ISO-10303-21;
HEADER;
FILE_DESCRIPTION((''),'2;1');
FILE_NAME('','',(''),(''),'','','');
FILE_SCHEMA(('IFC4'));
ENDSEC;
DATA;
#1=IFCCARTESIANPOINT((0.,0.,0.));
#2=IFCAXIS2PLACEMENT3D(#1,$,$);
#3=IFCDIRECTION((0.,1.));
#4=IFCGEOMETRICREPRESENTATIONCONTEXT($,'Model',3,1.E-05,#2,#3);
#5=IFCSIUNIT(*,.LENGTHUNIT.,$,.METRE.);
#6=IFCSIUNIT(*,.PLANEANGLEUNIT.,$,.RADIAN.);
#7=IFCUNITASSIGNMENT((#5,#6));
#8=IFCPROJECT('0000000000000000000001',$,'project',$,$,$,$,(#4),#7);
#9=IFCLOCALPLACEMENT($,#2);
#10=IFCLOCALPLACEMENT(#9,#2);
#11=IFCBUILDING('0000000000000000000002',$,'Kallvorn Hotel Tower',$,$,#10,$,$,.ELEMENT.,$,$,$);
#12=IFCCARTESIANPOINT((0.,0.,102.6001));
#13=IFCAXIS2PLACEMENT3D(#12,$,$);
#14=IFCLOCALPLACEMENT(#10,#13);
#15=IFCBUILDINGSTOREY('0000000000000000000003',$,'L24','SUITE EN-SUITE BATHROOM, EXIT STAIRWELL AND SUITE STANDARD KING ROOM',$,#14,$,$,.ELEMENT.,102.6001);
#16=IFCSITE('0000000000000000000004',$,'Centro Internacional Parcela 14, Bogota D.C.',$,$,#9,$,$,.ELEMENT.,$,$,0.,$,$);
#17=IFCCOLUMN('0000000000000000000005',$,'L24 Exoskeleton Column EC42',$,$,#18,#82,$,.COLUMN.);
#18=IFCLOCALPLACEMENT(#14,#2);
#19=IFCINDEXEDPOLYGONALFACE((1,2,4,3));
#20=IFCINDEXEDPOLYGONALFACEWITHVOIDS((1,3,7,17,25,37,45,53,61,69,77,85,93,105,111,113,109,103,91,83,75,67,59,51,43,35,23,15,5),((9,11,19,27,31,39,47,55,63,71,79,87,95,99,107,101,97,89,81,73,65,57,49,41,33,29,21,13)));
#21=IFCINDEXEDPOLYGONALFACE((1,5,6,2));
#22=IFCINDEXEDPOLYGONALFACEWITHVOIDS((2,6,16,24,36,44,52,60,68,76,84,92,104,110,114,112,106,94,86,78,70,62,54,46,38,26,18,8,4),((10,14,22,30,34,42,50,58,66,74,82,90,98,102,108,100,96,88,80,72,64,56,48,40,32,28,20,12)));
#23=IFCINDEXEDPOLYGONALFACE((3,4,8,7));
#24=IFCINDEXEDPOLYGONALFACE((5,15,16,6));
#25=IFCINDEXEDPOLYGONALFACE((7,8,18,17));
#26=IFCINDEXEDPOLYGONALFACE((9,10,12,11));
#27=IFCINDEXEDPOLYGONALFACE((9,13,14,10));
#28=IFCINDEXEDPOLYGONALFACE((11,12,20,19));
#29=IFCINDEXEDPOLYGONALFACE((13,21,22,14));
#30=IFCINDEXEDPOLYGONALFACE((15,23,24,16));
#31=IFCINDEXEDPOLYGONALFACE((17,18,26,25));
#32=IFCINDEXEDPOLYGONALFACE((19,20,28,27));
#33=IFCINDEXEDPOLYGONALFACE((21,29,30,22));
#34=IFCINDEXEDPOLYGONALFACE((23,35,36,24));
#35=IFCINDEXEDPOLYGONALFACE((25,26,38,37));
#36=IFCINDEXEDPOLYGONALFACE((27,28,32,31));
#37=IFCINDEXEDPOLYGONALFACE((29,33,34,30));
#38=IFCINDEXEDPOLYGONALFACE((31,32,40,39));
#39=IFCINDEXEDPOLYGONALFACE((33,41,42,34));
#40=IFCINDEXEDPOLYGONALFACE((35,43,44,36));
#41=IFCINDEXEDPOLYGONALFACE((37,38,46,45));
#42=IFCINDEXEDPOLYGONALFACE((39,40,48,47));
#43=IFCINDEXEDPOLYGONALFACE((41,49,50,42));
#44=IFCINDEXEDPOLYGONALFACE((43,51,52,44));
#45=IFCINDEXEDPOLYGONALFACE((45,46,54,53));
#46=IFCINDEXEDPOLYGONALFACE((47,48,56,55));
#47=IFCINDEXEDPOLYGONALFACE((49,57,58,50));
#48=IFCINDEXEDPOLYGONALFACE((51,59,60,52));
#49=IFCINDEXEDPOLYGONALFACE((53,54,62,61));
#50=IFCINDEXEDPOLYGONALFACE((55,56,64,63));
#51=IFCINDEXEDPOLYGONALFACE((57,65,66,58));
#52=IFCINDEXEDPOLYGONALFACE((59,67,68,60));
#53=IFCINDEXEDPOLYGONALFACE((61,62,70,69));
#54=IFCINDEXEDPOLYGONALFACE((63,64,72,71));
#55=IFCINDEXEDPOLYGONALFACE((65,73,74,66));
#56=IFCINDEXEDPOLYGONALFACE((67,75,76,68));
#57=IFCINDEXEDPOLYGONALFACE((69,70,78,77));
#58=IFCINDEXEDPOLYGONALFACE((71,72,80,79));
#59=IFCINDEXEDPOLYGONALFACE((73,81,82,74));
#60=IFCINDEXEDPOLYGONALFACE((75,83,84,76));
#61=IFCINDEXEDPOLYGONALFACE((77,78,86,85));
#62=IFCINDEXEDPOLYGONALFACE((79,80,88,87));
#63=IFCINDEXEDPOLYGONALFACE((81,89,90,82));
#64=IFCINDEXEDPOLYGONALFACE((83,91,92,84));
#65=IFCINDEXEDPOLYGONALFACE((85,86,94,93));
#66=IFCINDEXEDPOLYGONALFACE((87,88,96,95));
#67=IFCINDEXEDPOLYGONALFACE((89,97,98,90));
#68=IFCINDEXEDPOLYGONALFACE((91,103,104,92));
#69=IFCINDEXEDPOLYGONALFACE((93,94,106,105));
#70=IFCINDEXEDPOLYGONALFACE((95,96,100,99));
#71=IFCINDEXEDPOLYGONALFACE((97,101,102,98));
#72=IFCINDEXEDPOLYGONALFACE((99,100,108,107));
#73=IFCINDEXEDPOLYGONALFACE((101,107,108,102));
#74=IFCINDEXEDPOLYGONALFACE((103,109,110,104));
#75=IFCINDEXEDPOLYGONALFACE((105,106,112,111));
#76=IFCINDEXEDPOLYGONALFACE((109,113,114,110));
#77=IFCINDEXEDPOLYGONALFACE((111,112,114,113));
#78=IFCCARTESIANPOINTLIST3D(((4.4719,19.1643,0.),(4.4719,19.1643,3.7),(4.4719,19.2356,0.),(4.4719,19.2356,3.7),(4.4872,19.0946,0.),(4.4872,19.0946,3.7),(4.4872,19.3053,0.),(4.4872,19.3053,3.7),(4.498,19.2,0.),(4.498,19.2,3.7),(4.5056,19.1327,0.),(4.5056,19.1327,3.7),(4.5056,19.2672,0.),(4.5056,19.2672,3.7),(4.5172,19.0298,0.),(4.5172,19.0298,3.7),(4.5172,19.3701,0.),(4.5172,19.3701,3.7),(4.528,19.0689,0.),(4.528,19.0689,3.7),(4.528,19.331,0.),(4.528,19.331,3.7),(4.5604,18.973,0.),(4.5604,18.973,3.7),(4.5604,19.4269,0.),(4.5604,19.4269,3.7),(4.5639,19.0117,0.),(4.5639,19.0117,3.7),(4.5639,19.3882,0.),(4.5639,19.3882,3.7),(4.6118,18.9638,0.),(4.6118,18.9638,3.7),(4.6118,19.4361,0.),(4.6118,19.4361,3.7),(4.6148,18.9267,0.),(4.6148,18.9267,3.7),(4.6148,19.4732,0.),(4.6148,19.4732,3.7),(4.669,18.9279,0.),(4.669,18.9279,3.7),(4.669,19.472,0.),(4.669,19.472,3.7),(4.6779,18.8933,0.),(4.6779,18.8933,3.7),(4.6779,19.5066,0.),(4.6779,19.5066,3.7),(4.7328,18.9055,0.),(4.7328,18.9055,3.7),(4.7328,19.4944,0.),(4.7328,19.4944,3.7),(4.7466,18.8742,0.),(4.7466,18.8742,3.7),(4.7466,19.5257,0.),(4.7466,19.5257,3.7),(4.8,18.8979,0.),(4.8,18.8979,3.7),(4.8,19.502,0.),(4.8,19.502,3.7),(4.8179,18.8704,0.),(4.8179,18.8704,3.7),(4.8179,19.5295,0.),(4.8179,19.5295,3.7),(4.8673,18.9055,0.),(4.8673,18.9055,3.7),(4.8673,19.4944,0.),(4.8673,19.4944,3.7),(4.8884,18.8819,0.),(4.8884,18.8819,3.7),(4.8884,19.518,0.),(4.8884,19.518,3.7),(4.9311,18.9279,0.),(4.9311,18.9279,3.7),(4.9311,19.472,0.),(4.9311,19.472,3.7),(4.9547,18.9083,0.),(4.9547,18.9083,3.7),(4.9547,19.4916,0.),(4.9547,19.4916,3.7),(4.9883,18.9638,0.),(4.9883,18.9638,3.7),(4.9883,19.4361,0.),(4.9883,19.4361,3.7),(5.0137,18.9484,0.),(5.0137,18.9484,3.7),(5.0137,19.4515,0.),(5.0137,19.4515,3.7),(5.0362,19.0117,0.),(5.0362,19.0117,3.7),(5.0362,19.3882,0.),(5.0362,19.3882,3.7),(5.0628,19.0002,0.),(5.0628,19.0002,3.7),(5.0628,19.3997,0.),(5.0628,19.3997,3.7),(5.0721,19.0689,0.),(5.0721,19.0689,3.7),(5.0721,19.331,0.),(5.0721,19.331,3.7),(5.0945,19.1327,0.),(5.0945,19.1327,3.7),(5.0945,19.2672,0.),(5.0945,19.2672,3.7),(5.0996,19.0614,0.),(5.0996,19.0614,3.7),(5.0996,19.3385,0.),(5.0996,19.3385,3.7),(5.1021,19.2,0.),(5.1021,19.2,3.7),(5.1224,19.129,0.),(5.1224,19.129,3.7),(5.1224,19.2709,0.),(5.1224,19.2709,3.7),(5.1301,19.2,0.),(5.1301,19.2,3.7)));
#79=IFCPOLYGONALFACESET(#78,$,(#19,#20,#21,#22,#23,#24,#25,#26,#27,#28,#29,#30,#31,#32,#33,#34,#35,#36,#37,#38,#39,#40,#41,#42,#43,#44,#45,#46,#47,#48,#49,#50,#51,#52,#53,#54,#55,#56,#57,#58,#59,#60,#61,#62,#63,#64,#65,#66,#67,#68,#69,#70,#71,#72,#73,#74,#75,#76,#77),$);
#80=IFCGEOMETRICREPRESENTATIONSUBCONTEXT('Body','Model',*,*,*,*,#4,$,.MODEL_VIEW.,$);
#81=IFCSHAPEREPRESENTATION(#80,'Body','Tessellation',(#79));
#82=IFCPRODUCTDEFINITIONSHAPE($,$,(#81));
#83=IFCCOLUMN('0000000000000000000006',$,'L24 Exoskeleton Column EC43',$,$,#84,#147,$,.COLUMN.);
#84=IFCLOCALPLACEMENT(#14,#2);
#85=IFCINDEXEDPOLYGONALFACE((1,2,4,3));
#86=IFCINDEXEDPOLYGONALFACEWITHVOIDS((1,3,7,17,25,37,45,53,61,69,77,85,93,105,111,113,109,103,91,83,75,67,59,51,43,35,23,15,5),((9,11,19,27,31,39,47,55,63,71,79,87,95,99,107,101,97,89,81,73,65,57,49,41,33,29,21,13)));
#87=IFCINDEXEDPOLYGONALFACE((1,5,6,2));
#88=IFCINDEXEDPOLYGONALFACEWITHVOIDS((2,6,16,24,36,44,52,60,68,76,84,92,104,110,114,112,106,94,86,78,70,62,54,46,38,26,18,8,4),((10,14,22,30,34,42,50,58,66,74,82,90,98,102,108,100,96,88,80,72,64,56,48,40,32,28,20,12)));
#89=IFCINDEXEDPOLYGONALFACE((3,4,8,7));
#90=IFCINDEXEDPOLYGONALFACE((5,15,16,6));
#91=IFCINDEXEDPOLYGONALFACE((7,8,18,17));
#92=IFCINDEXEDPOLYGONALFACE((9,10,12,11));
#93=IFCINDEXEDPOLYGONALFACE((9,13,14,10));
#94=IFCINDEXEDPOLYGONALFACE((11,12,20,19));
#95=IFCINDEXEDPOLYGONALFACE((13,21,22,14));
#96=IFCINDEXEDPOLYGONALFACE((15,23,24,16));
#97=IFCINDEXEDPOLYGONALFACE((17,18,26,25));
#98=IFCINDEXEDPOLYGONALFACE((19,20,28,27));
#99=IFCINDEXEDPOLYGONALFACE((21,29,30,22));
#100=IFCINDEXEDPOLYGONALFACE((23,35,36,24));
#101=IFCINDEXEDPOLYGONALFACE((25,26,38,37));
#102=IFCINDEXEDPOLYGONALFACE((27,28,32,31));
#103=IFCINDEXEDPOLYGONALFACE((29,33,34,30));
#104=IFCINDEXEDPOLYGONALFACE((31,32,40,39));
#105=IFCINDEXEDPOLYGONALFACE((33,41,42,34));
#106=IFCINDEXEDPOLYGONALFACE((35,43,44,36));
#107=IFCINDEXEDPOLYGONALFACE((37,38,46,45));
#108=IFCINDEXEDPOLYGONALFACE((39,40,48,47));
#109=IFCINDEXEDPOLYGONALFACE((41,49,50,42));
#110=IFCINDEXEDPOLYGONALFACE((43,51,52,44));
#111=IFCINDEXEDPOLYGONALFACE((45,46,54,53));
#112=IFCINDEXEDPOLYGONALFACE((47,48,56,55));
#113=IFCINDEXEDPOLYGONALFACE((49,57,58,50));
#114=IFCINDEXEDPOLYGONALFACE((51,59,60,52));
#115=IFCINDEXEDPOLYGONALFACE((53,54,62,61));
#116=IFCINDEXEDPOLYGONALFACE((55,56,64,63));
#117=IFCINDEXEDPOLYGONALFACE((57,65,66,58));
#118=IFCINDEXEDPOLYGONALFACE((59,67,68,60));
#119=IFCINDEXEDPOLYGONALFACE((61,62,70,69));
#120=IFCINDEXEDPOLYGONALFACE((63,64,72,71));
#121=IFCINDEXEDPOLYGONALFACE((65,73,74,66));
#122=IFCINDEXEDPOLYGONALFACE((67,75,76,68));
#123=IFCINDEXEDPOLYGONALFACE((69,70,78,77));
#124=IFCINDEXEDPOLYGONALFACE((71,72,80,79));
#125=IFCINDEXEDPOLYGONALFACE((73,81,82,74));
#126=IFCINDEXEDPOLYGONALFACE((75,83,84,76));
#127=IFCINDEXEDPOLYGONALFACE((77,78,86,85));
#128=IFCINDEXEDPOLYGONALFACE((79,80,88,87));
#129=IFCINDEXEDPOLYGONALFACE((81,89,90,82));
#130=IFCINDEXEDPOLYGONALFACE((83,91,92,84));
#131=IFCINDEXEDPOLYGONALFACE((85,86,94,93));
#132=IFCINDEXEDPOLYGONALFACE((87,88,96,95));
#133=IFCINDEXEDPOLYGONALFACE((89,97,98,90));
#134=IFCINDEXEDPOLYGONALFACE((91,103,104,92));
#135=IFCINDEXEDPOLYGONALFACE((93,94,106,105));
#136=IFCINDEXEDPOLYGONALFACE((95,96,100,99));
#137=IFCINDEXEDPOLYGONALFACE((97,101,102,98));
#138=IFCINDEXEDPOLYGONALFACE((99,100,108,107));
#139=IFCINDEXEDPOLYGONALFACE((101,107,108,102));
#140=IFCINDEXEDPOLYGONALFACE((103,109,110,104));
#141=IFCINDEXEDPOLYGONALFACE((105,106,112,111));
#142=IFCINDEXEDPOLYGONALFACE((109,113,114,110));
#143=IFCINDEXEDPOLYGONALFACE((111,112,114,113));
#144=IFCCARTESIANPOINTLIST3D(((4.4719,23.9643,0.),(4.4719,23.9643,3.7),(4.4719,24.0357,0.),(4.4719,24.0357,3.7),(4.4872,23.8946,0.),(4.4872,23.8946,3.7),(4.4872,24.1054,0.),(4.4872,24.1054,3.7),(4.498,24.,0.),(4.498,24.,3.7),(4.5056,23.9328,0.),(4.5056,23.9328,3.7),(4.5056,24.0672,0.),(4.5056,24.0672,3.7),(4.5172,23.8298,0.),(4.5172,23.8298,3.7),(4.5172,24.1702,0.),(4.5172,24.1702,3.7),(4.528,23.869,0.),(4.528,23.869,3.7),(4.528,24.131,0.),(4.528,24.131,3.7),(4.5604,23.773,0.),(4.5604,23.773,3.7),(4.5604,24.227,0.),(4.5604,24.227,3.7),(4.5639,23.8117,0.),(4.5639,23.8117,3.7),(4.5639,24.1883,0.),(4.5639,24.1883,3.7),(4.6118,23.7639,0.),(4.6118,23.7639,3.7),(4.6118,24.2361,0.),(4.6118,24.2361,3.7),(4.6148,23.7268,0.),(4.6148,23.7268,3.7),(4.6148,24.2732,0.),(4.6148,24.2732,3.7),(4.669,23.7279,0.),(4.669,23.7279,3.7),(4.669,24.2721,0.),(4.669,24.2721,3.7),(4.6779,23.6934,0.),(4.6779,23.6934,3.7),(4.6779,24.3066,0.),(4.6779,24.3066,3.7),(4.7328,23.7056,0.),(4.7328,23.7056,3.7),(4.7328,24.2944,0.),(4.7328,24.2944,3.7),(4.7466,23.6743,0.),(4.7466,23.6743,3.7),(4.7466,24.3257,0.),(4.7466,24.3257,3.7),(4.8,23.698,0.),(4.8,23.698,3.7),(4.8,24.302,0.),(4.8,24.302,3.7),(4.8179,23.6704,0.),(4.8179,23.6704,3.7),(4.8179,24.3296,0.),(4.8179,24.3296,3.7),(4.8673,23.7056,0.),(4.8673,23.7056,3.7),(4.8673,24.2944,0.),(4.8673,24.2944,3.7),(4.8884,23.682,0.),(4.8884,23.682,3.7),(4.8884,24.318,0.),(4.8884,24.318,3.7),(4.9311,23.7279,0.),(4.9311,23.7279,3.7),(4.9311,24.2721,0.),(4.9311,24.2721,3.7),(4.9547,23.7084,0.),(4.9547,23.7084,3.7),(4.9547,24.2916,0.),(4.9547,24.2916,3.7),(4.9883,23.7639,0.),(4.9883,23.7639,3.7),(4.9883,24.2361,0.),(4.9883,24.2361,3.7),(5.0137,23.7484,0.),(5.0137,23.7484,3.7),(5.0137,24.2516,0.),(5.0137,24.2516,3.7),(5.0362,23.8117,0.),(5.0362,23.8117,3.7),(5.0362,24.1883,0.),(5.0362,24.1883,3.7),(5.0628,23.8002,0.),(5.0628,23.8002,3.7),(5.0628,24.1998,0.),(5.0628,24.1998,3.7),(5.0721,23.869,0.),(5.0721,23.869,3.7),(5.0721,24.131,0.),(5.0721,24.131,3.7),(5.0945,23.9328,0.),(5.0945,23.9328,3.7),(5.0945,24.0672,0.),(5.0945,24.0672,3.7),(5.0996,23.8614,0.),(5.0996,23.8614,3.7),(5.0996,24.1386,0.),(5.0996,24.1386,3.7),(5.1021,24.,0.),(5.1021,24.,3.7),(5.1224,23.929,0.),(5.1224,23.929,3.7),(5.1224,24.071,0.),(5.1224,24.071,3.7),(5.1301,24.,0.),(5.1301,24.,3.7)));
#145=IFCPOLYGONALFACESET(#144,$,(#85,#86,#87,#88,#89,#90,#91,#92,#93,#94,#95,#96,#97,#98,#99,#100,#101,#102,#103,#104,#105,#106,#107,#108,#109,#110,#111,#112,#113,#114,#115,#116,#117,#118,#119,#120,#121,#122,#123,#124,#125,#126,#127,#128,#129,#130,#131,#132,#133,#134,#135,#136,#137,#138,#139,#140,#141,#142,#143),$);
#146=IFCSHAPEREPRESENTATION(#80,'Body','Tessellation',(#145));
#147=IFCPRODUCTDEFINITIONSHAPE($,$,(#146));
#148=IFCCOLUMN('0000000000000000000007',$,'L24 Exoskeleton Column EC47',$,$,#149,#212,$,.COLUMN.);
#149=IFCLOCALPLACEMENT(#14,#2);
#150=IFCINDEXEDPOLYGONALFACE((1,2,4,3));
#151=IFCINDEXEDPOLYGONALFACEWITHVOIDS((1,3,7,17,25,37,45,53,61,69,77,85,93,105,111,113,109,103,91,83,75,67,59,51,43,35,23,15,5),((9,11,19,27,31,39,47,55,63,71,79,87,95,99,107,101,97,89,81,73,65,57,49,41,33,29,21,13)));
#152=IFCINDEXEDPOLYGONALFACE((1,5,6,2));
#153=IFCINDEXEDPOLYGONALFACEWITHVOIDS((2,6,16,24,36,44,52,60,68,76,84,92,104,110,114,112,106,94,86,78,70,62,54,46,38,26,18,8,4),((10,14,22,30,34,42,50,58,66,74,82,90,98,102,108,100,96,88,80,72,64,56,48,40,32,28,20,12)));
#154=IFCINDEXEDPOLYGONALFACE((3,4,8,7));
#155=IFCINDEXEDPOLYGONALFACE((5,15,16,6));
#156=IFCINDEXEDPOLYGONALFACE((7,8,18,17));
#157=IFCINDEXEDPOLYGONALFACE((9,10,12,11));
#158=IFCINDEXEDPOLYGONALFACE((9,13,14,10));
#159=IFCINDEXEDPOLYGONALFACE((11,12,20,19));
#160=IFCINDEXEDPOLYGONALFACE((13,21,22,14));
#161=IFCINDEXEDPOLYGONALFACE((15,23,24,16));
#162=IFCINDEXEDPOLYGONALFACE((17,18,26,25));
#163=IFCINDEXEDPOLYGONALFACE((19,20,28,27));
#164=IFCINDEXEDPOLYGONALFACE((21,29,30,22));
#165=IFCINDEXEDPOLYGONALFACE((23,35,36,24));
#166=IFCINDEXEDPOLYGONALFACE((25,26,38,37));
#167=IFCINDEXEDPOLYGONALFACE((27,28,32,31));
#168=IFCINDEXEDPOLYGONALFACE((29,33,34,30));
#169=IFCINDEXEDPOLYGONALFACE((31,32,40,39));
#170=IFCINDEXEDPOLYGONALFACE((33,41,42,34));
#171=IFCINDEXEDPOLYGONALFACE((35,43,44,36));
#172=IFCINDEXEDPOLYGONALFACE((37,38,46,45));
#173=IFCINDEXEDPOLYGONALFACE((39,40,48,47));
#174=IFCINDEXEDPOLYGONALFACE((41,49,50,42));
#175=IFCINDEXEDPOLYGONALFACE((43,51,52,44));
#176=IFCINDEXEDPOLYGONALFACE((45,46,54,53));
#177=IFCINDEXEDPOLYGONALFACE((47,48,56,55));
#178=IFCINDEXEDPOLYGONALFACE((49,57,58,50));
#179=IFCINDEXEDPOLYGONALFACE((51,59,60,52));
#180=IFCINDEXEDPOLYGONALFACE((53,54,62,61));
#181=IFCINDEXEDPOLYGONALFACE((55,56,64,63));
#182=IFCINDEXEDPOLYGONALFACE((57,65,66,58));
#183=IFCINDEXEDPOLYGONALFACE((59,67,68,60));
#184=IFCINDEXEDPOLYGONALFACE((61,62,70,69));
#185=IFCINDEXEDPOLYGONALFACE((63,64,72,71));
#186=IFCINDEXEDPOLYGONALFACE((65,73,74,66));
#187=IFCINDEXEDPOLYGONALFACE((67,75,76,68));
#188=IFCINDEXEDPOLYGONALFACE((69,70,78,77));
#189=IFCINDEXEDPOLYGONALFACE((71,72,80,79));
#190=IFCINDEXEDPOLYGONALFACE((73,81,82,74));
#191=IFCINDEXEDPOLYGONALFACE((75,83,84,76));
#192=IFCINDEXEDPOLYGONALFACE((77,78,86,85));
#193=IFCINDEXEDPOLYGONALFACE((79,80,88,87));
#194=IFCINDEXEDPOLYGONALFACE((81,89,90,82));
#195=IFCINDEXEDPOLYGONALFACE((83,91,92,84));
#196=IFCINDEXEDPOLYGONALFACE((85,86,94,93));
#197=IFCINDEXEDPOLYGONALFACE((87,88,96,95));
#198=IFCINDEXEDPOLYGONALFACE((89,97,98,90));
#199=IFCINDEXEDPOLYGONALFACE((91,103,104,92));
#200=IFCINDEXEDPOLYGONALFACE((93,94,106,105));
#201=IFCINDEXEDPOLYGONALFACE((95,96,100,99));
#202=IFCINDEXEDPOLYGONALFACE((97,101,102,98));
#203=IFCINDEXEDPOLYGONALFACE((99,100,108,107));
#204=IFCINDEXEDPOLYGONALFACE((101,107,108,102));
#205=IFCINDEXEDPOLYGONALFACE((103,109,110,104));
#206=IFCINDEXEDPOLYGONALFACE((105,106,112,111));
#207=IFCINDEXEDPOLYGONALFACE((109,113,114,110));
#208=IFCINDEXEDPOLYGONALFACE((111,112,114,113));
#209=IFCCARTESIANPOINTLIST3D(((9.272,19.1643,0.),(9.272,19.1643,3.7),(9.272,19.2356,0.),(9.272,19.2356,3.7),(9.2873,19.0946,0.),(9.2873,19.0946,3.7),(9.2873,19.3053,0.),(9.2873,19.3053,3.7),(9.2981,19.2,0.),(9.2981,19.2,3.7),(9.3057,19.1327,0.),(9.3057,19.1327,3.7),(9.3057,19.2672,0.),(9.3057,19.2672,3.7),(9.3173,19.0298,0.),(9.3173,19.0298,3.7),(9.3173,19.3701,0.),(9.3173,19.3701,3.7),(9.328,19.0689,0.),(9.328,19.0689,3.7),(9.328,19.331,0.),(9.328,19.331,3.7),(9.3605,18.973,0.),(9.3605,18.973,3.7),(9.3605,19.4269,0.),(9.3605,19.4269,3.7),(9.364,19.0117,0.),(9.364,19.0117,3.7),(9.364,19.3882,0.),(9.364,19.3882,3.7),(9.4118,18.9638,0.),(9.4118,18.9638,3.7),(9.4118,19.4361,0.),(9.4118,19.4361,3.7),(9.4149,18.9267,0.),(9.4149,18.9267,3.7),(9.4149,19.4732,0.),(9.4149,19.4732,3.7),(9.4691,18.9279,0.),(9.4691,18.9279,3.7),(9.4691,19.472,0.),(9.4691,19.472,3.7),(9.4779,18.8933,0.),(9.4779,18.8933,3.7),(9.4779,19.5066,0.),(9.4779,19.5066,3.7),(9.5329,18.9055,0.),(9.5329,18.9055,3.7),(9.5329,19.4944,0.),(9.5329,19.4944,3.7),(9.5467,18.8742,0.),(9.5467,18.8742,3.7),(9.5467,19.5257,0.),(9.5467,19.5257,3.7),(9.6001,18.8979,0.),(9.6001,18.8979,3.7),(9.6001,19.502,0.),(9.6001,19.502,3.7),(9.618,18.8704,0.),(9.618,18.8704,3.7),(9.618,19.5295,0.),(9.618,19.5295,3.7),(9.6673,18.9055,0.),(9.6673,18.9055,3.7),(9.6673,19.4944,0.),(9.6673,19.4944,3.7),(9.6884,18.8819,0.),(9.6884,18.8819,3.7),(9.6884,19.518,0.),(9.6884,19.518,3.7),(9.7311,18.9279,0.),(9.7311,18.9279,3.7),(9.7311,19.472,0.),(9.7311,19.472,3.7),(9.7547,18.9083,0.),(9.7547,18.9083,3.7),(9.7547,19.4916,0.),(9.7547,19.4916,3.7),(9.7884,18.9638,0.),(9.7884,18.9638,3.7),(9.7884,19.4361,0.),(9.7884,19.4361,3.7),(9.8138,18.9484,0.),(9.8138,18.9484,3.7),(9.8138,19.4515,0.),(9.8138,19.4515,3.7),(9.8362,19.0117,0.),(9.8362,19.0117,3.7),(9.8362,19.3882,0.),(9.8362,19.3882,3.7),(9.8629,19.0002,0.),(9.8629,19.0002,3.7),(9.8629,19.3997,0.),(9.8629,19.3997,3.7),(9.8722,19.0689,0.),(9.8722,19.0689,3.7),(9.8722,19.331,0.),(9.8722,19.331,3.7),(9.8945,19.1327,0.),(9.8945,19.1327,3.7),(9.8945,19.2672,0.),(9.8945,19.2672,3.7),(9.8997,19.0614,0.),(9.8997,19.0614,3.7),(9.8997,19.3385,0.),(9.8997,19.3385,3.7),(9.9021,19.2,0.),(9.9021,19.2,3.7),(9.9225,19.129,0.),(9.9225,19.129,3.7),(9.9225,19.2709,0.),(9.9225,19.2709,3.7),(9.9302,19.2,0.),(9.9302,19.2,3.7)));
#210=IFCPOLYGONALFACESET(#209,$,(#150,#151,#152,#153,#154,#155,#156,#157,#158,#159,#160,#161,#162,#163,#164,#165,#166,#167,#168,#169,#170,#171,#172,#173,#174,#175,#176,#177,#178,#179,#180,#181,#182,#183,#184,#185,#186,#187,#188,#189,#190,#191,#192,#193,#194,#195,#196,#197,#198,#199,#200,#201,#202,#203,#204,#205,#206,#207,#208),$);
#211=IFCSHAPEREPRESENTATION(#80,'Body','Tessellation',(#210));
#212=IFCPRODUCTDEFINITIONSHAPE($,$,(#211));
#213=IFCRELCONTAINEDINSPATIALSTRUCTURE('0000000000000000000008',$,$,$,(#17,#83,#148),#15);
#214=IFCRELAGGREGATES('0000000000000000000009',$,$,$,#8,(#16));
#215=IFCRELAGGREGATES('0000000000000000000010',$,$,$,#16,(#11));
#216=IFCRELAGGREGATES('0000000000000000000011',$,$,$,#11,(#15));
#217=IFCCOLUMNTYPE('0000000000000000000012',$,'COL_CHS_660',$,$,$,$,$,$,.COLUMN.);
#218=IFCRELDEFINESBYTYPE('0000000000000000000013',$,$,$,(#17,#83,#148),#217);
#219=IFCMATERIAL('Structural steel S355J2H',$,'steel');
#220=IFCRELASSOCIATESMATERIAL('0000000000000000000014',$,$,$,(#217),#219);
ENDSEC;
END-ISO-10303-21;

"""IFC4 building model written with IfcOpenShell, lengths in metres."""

from ifc_helpers import new_model, si_unit, direction, frame, origin, origin_2d, place, context, subcontext, project, spatial, hollow_circle, extrude, material, material_profile, profile_set, type_object, element, save


model = new_model("IFC4")

# Units and contexts
model_context = context("Model", 3, precision=1e-05, world=origin(), true_north=direction((0.0, 1.0)))
body_context = subcontext(model_context, "Body", "Model", "MODEL_VIEW")
ifc_project = project(units=[si_unit("LENGTHUNIT", "METRE"), si_unit("PLANEANGLEUNIT", "RADIAN")], contexts=[model_context])

# Site, building, storey
site_placement = place(None, origin())
site = spatial("IfcSite", under=ifc_project, at=site_placement, Name="Centro Internacional Parcela 14, Bogota D.C.", CompositionType="ELEMENT", RefElevation=0.0)
building_placement = place(site_placement, origin())
building = spatial("IfcBuilding", under=site, at=building_placement, Name="Kallvorn Hotel Tower", CompositionType="ELEMENT")
storey_placement = place(building_placement, frame((0.0, 0.0, 102.6001)))
storey = spatial("IfcBuildingStorey", under=building, at=storey_placement, Name="L24", Description="SUITE EN-SUITE BATHROOM, EXIT STAIRWELL AND SUITE STANDARD KING ROOM", CompositionType="ELEMENT", Elevation=102.6001)

# Columns
ifc_material_1 = material(Name="Structural steel S355J2H", Category="steel")
ifc_material_profile_1 = material_profile(ifc_material_1, hollow_circle(Radius=0.3301, WallThickness=0.0281, at=origin_2d()), Name="CHS 660x28")
ifc_profile_set_1 = profile_set([ifc_material_profile_1], Name="Structural steel S355J2H")
column_type_1 = type_object("IfcColumnType", Name="COL_CHS_660", PredefinedType="COLUMN", material=ifc_profile_set_1)
for number, where, z_axis, x_axis, name in (
    (1, (4.8, 19.2, 0.0), (0.0, 0.0, 1.0), (1.0, 0.0, 0.0), "L24 Exoskeleton Column EC42"),
    (2, (4.8, 24.0, 0.0), (0.0, 0.0, 1.0), (1.0, 0.0, 0.0), "L24 Exoskeleton Column EC43"),
    (3, (9.6001, 19.2, 0.0), (0.0, 0.0, 1.0), (1.0, 0.0, 0.0), "L24 Exoskeleton Column EC47"),
):
    element("IfcColumn", number, at=place(storey_placement, frame(where, z_axis=z_axis, x_axis=x_axis)), inside=storey, type_object=column_type_1, Name=name, PredefinedType="COLUMN", context=body_context, shape_type="SweptSolid", body=[
        extrude(hollow_circle(Radius=0.3301, WallThickness=0.0281, at=origin_2d()), origin(), (0.0, 0.0, 1.0), 3.7),
    ])

save(model, "model.ifc")
